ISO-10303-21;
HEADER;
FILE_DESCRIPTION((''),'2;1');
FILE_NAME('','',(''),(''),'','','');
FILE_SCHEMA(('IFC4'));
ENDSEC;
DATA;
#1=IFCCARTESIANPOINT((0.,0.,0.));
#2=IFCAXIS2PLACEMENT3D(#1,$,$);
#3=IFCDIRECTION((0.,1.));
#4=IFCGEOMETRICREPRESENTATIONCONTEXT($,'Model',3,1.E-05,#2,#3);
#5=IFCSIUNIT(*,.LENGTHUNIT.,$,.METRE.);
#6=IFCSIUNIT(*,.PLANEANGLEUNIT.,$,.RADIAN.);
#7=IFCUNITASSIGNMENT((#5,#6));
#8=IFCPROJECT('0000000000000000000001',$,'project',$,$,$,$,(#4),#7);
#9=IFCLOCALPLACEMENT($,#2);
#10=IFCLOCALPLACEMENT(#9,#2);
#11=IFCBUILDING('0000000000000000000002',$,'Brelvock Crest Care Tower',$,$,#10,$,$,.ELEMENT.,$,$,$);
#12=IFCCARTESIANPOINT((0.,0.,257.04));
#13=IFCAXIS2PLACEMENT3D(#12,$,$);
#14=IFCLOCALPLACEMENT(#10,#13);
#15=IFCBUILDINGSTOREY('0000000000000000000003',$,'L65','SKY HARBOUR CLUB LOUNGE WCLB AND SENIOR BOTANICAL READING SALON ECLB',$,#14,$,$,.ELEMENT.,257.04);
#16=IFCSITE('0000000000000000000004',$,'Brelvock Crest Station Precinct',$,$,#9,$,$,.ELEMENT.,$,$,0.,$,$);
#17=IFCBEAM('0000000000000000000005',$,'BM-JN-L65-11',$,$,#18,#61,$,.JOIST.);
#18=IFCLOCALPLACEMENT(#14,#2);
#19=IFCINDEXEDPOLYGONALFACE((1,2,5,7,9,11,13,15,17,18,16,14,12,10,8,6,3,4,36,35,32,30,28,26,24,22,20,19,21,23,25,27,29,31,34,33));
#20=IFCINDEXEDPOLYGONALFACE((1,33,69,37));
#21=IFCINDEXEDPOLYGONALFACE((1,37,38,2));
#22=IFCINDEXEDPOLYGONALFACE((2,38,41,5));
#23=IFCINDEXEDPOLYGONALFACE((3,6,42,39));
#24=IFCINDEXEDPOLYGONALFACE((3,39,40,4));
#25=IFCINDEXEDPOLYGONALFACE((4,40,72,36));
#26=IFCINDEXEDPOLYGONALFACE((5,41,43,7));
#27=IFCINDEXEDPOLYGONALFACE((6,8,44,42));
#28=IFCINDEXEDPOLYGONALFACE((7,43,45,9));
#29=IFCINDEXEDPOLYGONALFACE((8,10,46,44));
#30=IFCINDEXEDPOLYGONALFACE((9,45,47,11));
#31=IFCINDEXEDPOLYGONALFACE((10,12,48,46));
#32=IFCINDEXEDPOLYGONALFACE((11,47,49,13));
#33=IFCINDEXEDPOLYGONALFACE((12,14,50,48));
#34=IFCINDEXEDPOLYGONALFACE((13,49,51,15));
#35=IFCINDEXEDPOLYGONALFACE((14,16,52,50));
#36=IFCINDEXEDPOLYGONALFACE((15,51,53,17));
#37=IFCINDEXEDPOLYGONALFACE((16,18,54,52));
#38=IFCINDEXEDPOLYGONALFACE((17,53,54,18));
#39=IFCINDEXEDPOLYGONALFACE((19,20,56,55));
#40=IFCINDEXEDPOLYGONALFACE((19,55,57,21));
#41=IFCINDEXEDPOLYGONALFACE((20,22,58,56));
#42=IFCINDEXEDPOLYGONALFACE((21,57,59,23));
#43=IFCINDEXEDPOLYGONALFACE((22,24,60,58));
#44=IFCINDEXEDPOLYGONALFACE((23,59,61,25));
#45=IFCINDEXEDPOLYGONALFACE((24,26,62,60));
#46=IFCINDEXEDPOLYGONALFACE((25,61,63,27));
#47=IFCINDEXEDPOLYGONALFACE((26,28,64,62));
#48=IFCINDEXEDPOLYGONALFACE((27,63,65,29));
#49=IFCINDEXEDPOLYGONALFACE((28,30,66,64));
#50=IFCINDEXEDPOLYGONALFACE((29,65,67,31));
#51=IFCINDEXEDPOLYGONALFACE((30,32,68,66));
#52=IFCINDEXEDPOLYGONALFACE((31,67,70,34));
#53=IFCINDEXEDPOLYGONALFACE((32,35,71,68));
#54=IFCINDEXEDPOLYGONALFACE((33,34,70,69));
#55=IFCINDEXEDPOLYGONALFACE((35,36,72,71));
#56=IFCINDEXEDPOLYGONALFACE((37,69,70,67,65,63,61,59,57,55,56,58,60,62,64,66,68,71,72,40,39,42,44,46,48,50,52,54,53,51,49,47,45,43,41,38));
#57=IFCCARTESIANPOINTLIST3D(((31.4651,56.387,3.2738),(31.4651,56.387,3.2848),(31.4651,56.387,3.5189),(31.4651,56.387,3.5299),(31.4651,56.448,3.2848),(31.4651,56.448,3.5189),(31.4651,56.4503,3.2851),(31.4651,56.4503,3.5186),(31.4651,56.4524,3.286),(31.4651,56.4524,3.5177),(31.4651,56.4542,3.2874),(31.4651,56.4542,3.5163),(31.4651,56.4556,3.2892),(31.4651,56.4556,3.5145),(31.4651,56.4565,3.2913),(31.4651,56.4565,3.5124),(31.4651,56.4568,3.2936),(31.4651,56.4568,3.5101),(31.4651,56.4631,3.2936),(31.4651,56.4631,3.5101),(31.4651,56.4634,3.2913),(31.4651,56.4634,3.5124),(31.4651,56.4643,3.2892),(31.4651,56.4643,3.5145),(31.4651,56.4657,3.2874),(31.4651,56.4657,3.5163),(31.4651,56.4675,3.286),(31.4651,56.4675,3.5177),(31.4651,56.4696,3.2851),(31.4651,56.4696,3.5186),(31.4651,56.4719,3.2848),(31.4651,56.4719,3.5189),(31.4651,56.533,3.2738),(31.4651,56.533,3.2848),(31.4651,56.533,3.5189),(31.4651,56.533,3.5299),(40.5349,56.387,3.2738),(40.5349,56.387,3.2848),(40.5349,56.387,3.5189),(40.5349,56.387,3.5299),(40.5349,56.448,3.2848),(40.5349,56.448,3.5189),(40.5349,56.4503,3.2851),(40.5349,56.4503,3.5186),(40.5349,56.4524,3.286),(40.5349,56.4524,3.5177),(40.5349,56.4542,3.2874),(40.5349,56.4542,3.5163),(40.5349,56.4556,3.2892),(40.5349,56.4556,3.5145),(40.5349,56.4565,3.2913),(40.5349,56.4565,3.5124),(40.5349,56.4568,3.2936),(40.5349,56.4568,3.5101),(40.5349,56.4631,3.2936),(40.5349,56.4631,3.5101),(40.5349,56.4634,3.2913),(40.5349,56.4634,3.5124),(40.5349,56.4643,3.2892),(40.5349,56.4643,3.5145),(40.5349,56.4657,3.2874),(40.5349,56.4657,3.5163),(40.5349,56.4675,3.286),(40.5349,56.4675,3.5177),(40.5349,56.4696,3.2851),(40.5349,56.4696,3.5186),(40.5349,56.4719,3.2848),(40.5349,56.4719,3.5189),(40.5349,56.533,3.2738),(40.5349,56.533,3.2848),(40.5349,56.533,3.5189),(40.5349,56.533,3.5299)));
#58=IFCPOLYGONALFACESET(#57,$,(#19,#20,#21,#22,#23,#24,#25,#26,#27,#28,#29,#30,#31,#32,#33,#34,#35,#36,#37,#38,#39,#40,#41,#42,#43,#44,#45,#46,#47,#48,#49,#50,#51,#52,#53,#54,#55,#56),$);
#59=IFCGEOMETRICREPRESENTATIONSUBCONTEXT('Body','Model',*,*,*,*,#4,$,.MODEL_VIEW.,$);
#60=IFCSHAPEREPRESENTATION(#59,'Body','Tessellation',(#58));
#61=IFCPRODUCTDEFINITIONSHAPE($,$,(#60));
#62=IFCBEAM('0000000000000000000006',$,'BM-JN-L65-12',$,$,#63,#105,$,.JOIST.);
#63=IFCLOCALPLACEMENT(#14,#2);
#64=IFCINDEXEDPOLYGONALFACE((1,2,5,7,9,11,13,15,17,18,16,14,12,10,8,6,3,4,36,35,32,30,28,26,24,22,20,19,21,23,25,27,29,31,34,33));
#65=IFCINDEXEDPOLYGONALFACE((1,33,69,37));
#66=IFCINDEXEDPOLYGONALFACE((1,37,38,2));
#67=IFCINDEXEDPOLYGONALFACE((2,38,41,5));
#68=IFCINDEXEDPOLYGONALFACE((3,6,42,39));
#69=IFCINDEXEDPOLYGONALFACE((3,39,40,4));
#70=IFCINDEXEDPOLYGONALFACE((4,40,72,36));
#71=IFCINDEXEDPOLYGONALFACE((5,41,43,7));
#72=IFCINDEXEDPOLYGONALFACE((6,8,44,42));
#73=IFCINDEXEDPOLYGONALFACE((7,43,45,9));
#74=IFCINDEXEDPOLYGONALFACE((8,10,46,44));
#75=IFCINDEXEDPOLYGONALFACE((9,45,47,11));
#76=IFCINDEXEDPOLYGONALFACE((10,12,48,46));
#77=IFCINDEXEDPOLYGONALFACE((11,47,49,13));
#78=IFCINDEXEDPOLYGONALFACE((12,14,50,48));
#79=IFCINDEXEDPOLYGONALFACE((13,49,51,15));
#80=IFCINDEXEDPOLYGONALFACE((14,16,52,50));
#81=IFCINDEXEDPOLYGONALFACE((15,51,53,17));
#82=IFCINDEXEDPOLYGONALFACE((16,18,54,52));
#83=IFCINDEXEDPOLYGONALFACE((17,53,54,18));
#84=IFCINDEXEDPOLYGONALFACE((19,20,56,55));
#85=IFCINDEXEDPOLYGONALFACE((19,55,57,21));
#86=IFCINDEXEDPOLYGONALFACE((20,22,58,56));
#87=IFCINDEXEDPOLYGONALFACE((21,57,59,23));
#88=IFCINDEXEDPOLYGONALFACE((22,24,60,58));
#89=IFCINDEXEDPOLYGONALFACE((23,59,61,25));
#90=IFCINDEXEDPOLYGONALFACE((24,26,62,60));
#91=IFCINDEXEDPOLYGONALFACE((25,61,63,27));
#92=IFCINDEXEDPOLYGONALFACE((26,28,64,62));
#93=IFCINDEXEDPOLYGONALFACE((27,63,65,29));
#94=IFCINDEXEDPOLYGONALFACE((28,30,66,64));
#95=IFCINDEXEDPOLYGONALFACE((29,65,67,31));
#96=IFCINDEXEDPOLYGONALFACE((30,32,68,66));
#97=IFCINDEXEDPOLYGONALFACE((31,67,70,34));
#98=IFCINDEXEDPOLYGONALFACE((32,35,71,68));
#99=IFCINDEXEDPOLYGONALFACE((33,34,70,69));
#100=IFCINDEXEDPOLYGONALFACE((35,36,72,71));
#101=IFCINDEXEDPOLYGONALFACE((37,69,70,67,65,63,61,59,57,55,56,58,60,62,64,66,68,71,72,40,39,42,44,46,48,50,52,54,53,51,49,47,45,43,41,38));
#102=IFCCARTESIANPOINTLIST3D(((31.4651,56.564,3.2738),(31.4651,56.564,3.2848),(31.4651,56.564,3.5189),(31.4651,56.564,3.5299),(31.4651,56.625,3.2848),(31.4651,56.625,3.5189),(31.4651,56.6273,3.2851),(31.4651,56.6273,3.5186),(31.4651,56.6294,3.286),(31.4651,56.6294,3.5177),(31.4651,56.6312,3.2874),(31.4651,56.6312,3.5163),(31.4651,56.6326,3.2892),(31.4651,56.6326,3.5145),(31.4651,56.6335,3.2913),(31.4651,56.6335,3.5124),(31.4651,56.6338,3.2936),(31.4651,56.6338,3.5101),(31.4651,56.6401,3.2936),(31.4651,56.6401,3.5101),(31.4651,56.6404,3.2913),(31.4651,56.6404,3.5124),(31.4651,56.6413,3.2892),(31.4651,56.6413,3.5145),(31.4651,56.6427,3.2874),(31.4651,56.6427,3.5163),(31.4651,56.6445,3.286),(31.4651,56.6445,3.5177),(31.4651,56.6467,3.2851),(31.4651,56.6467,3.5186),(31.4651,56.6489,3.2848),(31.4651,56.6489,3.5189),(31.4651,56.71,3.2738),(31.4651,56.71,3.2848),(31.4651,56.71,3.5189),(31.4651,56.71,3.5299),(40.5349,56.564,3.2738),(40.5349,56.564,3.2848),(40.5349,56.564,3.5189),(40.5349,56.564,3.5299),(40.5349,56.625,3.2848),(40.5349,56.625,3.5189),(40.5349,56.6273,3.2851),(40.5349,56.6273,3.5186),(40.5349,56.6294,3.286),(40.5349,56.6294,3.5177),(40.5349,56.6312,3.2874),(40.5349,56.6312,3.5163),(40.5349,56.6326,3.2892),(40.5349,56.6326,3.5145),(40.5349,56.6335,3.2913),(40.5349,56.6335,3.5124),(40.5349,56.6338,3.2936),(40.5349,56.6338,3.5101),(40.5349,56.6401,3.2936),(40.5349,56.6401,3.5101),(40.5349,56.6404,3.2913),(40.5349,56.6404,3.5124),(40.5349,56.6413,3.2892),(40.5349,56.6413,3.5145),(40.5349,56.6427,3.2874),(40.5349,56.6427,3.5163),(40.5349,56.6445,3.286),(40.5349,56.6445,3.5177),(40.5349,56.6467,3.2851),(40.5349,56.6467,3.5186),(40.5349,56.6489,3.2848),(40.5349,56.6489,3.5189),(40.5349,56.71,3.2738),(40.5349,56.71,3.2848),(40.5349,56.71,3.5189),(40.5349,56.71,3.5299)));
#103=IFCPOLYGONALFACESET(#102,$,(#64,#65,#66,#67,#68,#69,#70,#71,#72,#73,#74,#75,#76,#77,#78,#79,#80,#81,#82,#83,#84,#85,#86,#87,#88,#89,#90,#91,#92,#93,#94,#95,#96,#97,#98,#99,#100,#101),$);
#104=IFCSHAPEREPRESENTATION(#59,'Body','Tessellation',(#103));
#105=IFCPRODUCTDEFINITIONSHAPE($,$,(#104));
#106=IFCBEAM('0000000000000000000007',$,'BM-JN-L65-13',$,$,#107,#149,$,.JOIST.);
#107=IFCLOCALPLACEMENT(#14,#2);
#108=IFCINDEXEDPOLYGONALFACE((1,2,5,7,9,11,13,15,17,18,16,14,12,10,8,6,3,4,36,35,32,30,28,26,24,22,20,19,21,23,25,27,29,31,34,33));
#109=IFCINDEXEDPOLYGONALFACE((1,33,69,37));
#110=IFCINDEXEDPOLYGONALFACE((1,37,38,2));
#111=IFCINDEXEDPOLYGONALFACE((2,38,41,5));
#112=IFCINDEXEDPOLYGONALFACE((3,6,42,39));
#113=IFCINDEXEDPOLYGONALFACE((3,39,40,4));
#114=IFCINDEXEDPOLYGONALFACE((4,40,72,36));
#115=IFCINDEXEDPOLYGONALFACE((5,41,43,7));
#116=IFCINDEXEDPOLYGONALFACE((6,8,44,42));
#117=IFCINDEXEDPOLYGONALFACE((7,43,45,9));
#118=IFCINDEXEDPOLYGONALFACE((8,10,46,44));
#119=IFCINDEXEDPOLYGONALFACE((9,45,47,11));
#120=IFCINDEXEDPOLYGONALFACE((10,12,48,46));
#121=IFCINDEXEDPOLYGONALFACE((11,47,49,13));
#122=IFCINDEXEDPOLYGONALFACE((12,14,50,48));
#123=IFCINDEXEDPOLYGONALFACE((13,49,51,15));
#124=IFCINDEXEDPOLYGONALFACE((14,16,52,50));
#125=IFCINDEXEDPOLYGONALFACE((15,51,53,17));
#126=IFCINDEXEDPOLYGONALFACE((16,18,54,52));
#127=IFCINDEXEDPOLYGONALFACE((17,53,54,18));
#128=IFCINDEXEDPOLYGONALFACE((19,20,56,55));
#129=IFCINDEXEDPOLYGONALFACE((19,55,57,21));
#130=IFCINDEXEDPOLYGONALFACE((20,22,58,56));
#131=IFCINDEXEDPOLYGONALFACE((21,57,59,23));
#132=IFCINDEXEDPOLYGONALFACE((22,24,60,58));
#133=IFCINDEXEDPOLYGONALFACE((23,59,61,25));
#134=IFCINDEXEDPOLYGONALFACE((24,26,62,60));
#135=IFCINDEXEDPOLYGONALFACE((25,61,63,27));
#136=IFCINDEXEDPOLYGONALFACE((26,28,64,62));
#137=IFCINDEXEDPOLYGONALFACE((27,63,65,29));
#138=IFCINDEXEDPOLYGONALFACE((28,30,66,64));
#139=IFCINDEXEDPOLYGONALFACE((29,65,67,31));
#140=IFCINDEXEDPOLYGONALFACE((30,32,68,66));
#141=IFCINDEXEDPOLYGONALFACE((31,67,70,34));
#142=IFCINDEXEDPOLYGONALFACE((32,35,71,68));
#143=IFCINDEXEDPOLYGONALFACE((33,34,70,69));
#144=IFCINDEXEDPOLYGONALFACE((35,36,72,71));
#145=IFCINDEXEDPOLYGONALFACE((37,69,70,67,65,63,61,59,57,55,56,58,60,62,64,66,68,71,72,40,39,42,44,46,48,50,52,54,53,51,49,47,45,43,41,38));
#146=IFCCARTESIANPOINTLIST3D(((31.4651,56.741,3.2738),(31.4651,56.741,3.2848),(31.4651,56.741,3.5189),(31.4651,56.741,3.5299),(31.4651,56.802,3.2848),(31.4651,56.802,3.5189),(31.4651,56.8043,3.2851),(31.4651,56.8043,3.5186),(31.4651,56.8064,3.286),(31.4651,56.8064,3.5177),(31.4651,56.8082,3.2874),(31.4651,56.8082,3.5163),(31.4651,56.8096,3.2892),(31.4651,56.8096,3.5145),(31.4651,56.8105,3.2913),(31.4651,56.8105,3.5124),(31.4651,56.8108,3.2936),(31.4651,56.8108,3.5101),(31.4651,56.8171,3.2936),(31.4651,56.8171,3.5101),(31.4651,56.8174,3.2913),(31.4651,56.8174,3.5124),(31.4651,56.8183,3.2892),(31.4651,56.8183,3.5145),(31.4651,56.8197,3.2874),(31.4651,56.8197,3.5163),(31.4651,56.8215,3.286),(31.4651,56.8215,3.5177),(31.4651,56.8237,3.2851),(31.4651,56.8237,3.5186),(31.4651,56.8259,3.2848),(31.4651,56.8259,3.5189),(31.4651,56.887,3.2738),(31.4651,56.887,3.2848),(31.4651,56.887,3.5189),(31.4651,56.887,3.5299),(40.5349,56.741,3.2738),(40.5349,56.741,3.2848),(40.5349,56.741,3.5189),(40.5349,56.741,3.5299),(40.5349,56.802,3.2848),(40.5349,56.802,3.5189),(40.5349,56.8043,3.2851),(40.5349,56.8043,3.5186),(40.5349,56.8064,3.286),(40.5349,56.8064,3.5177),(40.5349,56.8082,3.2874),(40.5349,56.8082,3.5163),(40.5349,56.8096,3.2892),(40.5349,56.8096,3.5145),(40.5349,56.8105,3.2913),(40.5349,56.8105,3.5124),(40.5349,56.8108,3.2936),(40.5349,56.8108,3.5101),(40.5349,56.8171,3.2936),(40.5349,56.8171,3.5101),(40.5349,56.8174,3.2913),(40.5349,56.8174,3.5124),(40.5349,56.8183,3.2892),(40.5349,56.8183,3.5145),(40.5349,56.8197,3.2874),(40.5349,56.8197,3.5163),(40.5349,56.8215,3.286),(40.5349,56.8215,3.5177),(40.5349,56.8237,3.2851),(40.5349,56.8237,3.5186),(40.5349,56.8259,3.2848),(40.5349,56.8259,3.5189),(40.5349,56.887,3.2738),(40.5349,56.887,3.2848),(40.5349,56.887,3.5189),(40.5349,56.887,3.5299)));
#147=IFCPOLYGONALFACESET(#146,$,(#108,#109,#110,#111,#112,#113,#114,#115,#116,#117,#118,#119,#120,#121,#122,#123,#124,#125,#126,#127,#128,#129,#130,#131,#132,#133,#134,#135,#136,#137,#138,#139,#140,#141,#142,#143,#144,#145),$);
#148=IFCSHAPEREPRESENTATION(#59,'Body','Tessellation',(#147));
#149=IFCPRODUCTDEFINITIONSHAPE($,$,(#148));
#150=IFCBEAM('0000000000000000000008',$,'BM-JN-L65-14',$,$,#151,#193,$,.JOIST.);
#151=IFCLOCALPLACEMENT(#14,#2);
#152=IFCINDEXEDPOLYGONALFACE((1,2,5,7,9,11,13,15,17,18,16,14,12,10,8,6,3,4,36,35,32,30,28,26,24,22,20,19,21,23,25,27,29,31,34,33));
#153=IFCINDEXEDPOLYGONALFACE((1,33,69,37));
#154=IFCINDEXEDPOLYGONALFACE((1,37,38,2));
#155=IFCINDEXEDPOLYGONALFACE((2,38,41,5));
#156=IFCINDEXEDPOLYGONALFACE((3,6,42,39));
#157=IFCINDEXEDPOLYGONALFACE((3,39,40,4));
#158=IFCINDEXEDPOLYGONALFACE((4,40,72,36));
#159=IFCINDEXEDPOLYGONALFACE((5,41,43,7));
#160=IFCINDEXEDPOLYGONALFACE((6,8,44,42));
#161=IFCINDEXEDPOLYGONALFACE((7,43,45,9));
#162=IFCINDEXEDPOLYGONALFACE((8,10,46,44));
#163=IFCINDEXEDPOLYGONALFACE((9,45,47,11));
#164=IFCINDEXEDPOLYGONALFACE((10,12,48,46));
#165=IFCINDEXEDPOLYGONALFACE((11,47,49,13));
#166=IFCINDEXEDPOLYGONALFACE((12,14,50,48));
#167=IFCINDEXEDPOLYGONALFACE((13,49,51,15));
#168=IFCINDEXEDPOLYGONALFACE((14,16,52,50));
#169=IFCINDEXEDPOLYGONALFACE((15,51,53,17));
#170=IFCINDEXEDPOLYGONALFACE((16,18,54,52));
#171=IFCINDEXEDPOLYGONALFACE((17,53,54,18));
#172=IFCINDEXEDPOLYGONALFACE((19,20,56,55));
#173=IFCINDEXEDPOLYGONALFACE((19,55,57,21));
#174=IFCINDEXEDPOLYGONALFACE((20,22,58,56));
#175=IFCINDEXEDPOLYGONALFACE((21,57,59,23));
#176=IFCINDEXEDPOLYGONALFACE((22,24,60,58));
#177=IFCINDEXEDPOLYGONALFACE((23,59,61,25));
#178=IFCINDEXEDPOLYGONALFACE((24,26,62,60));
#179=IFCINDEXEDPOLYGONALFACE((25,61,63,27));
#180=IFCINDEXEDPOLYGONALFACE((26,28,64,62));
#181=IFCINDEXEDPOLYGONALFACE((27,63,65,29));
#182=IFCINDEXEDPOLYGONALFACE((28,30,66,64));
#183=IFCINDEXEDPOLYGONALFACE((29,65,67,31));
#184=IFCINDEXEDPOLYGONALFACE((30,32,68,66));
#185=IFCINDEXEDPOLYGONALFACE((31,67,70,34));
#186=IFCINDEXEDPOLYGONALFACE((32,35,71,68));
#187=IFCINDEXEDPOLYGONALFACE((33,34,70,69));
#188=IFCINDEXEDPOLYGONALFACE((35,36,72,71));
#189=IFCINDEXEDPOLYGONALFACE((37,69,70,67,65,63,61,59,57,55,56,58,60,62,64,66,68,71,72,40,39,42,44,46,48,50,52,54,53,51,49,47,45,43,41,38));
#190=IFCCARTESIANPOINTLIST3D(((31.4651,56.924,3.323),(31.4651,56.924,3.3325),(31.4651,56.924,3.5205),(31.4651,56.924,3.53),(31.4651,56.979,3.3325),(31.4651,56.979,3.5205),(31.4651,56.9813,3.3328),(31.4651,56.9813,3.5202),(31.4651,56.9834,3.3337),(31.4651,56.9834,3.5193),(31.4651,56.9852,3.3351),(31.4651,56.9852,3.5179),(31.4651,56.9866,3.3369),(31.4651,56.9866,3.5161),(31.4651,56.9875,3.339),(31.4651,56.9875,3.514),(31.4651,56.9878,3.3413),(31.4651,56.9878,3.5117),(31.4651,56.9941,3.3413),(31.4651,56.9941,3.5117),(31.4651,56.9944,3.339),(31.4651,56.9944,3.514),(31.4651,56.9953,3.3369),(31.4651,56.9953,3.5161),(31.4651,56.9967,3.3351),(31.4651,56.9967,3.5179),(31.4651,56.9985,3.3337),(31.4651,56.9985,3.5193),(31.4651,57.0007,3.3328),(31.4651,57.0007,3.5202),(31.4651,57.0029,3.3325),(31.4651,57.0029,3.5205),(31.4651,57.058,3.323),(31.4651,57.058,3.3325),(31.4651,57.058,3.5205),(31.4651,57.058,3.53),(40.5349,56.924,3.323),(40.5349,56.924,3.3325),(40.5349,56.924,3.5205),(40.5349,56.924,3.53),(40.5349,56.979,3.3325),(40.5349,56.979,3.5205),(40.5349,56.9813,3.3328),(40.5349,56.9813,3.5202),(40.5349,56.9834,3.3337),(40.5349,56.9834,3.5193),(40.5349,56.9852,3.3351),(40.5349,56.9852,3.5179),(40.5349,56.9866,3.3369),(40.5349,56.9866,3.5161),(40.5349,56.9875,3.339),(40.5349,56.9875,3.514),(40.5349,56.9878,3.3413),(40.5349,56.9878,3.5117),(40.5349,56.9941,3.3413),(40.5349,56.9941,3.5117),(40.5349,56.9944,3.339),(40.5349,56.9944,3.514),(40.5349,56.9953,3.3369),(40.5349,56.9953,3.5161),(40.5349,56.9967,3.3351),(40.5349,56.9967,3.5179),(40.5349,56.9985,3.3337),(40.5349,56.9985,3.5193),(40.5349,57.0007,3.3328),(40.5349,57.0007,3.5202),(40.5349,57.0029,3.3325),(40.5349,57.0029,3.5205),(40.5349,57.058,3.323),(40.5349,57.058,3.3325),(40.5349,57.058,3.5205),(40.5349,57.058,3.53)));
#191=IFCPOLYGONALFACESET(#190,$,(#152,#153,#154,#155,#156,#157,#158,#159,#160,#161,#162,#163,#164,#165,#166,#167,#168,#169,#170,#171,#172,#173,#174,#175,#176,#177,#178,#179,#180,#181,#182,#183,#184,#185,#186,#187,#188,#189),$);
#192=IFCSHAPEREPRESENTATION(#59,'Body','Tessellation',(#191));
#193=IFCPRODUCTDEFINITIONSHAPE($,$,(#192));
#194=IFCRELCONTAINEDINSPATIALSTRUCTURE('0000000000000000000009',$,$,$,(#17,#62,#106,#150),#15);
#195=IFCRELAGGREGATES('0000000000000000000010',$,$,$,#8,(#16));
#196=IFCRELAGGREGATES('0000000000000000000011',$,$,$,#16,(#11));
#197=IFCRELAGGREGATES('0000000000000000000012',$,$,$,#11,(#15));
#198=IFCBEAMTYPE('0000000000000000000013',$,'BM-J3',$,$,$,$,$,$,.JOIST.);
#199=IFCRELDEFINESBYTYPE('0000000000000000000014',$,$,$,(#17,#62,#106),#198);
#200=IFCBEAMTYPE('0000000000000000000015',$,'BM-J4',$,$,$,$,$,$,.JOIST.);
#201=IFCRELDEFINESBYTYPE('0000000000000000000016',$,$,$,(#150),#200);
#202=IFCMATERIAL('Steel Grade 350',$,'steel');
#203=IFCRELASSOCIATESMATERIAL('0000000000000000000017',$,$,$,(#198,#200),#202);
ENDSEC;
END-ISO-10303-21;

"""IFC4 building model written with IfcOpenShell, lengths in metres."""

from ifc_helpers import new_model, si_unit, direction, frame, origin, origin_2d, place, context, subcontext, project, spatial, i_section, extrude, source, transform, mapped, material, material_profile, profile_set, type_object, element, save


model = new_model("IFC4")

# Units and contexts
model_context = context("Model", 3, precision=1e-05, world=origin(), true_north=direction((0.0, 1.0)))
body_context = subcontext(model_context, "Body", "Model", "MODEL_VIEW")
ifc_project = project(units=[si_unit("LENGTHUNIT", "METRE"), si_unit("PLANEANGLEUNIT", "RADIAN")], contexts=[model_context])

# Site, building, storey
site_placement = place(None, origin())
site = spatial("IfcSite", under=ifc_project, at=site_placement, Name="Brelvock Crest Station Precinct", CompositionType="ELEMENT", RefElevation=0.0)
building_placement = place(site_placement, origin())
building = spatial("IfcBuilding", under=site, at=building_placement, Name="Brelvock Crest Care Tower", CompositionType="ELEMENT")
storey_placement = place(building_placement, frame((0.0, 0.0, 257.04)))
storey = spatial("IfcBuildingStorey", under=building, at=storey_placement, Name="L65", Description="SKY HARBOUR CLUB LOUNGE WCLB AND SENIOR BOTANICAL READING SALON ECLB", CompositionType="ELEMENT", Elevation=257.04)

# Shared definitions
ifc_material_1 = material(Name="Steel Grade 350", Category="steel")

# Beams
ifc_material_profile_1 = material_profile(ifc_material_1, i_section(OverallWidth=0.146, OverallDepth=0.2561, WebThickness=0.0063, FlangeThickness=0.011, FilletRadius=0.0088, at=origin_2d()), Name="250UB37.3")
ifc_profile_set_1 = profile_set([ifc_material_profile_1], Name="Steel Grade 350")
beam_type_1 = type_object("IfcBeamType", Name="BM-J3", PredefinedType="JOIST", material=ifc_profile_set_1)
shared_shape_1 = source(origin(), body_context, "Body", "SweptSolid", [
    extrude(i_section(OverallWidth=0.146, OverallDepth=0.2561, WebThickness=0.0063, FlangeThickness=0.011, FilletRadius=0.0088, at=origin_2d()), origin(), (0.0, 0.0, 1.0), 9.0698),
])
for number, where, z_axis, x_axis, name in (
    (1, (31.4651, 56.46, 3.4019), (1.0, 0.0, 0.0), (0.0, 1.0, 0.0), "BM-JN-L65-11"),
    (2, (31.4651, 56.637, 3.4019), (1.0, 0.0, 0.0), (0.0, 1.0, 0.0), "BM-JN-L65-12"),
    (3, (31.4651, 56.814, 3.4019), (1.0, 0.0, 0.0), (0.0, 1.0, 0.0), "BM-JN-L65-13"),
):
    element("IfcBeam", number, at=place(storey_placement, frame(where, z_axis=z_axis, x_axis=x_axis)), inside=storey, type_object=beam_type_1, Name=name, PredefinedType="JOIST", context=body_context, shape_type="MappedRepresentation", body=[
        mapped(shared_shape_1, transform((0.0, 0.0, 0.0), x_axis=(1.0, 0.0, 0.0), y_axis=(0.0, 1.0, 0.0), z_axis=(0.0, 0.0, 1.0), scale=1.0)),
    ])
ifc_material_profile_2 = material_profile(ifc_material_1, i_section(OverallWidth=0.134, OverallDepth=0.207, WebThickness=0.0063, FlangeThickness=0.0095, FilletRadius=0.0088, at=origin_2d()), Name="200UB29.8")
ifc_profile_set_2 = profile_set([ifc_material_profile_2], Name="Steel Grade 350")
beam_type_2 = type_object("IfcBeamType", Name="BM-J4", PredefinedType="JOIST", material=ifc_profile_set_2)
shared_shape_2 = source(origin(), body_context, "Body", "SweptSolid", [
    extrude(i_section(OverallWidth=0.134, OverallDepth=0.207, WebThickness=0.0063, FlangeThickness=0.0095, FilletRadius=0.0088, at=origin_2d()), origin(), (0.0, 0.0, 1.0), 9.0698),
])
beam_1_placement = place(storey_placement, frame((31.4651, 56.991, 3.4265), z_axis=(1.0, 0.0, 0.0), x_axis=(0.0, 1.0, 0.0)))
element("IfcBeam", 4, at=beam_1_placement, inside=storey, type_object=beam_type_2, Name="BM-JN-L65-14", PredefinedType="JOIST", context=body_context, shape_type="MappedRepresentation", body=[
    mapped(shared_shape_2, transform((0.0, 0.0, 0.0), x_axis=(1.0, 0.0, 0.0), y_axis=(0.0, 1.0, 0.0), z_axis=(0.0, 0.0, 1.0), scale=1.0)),
])

save(model, "model.ifc")
